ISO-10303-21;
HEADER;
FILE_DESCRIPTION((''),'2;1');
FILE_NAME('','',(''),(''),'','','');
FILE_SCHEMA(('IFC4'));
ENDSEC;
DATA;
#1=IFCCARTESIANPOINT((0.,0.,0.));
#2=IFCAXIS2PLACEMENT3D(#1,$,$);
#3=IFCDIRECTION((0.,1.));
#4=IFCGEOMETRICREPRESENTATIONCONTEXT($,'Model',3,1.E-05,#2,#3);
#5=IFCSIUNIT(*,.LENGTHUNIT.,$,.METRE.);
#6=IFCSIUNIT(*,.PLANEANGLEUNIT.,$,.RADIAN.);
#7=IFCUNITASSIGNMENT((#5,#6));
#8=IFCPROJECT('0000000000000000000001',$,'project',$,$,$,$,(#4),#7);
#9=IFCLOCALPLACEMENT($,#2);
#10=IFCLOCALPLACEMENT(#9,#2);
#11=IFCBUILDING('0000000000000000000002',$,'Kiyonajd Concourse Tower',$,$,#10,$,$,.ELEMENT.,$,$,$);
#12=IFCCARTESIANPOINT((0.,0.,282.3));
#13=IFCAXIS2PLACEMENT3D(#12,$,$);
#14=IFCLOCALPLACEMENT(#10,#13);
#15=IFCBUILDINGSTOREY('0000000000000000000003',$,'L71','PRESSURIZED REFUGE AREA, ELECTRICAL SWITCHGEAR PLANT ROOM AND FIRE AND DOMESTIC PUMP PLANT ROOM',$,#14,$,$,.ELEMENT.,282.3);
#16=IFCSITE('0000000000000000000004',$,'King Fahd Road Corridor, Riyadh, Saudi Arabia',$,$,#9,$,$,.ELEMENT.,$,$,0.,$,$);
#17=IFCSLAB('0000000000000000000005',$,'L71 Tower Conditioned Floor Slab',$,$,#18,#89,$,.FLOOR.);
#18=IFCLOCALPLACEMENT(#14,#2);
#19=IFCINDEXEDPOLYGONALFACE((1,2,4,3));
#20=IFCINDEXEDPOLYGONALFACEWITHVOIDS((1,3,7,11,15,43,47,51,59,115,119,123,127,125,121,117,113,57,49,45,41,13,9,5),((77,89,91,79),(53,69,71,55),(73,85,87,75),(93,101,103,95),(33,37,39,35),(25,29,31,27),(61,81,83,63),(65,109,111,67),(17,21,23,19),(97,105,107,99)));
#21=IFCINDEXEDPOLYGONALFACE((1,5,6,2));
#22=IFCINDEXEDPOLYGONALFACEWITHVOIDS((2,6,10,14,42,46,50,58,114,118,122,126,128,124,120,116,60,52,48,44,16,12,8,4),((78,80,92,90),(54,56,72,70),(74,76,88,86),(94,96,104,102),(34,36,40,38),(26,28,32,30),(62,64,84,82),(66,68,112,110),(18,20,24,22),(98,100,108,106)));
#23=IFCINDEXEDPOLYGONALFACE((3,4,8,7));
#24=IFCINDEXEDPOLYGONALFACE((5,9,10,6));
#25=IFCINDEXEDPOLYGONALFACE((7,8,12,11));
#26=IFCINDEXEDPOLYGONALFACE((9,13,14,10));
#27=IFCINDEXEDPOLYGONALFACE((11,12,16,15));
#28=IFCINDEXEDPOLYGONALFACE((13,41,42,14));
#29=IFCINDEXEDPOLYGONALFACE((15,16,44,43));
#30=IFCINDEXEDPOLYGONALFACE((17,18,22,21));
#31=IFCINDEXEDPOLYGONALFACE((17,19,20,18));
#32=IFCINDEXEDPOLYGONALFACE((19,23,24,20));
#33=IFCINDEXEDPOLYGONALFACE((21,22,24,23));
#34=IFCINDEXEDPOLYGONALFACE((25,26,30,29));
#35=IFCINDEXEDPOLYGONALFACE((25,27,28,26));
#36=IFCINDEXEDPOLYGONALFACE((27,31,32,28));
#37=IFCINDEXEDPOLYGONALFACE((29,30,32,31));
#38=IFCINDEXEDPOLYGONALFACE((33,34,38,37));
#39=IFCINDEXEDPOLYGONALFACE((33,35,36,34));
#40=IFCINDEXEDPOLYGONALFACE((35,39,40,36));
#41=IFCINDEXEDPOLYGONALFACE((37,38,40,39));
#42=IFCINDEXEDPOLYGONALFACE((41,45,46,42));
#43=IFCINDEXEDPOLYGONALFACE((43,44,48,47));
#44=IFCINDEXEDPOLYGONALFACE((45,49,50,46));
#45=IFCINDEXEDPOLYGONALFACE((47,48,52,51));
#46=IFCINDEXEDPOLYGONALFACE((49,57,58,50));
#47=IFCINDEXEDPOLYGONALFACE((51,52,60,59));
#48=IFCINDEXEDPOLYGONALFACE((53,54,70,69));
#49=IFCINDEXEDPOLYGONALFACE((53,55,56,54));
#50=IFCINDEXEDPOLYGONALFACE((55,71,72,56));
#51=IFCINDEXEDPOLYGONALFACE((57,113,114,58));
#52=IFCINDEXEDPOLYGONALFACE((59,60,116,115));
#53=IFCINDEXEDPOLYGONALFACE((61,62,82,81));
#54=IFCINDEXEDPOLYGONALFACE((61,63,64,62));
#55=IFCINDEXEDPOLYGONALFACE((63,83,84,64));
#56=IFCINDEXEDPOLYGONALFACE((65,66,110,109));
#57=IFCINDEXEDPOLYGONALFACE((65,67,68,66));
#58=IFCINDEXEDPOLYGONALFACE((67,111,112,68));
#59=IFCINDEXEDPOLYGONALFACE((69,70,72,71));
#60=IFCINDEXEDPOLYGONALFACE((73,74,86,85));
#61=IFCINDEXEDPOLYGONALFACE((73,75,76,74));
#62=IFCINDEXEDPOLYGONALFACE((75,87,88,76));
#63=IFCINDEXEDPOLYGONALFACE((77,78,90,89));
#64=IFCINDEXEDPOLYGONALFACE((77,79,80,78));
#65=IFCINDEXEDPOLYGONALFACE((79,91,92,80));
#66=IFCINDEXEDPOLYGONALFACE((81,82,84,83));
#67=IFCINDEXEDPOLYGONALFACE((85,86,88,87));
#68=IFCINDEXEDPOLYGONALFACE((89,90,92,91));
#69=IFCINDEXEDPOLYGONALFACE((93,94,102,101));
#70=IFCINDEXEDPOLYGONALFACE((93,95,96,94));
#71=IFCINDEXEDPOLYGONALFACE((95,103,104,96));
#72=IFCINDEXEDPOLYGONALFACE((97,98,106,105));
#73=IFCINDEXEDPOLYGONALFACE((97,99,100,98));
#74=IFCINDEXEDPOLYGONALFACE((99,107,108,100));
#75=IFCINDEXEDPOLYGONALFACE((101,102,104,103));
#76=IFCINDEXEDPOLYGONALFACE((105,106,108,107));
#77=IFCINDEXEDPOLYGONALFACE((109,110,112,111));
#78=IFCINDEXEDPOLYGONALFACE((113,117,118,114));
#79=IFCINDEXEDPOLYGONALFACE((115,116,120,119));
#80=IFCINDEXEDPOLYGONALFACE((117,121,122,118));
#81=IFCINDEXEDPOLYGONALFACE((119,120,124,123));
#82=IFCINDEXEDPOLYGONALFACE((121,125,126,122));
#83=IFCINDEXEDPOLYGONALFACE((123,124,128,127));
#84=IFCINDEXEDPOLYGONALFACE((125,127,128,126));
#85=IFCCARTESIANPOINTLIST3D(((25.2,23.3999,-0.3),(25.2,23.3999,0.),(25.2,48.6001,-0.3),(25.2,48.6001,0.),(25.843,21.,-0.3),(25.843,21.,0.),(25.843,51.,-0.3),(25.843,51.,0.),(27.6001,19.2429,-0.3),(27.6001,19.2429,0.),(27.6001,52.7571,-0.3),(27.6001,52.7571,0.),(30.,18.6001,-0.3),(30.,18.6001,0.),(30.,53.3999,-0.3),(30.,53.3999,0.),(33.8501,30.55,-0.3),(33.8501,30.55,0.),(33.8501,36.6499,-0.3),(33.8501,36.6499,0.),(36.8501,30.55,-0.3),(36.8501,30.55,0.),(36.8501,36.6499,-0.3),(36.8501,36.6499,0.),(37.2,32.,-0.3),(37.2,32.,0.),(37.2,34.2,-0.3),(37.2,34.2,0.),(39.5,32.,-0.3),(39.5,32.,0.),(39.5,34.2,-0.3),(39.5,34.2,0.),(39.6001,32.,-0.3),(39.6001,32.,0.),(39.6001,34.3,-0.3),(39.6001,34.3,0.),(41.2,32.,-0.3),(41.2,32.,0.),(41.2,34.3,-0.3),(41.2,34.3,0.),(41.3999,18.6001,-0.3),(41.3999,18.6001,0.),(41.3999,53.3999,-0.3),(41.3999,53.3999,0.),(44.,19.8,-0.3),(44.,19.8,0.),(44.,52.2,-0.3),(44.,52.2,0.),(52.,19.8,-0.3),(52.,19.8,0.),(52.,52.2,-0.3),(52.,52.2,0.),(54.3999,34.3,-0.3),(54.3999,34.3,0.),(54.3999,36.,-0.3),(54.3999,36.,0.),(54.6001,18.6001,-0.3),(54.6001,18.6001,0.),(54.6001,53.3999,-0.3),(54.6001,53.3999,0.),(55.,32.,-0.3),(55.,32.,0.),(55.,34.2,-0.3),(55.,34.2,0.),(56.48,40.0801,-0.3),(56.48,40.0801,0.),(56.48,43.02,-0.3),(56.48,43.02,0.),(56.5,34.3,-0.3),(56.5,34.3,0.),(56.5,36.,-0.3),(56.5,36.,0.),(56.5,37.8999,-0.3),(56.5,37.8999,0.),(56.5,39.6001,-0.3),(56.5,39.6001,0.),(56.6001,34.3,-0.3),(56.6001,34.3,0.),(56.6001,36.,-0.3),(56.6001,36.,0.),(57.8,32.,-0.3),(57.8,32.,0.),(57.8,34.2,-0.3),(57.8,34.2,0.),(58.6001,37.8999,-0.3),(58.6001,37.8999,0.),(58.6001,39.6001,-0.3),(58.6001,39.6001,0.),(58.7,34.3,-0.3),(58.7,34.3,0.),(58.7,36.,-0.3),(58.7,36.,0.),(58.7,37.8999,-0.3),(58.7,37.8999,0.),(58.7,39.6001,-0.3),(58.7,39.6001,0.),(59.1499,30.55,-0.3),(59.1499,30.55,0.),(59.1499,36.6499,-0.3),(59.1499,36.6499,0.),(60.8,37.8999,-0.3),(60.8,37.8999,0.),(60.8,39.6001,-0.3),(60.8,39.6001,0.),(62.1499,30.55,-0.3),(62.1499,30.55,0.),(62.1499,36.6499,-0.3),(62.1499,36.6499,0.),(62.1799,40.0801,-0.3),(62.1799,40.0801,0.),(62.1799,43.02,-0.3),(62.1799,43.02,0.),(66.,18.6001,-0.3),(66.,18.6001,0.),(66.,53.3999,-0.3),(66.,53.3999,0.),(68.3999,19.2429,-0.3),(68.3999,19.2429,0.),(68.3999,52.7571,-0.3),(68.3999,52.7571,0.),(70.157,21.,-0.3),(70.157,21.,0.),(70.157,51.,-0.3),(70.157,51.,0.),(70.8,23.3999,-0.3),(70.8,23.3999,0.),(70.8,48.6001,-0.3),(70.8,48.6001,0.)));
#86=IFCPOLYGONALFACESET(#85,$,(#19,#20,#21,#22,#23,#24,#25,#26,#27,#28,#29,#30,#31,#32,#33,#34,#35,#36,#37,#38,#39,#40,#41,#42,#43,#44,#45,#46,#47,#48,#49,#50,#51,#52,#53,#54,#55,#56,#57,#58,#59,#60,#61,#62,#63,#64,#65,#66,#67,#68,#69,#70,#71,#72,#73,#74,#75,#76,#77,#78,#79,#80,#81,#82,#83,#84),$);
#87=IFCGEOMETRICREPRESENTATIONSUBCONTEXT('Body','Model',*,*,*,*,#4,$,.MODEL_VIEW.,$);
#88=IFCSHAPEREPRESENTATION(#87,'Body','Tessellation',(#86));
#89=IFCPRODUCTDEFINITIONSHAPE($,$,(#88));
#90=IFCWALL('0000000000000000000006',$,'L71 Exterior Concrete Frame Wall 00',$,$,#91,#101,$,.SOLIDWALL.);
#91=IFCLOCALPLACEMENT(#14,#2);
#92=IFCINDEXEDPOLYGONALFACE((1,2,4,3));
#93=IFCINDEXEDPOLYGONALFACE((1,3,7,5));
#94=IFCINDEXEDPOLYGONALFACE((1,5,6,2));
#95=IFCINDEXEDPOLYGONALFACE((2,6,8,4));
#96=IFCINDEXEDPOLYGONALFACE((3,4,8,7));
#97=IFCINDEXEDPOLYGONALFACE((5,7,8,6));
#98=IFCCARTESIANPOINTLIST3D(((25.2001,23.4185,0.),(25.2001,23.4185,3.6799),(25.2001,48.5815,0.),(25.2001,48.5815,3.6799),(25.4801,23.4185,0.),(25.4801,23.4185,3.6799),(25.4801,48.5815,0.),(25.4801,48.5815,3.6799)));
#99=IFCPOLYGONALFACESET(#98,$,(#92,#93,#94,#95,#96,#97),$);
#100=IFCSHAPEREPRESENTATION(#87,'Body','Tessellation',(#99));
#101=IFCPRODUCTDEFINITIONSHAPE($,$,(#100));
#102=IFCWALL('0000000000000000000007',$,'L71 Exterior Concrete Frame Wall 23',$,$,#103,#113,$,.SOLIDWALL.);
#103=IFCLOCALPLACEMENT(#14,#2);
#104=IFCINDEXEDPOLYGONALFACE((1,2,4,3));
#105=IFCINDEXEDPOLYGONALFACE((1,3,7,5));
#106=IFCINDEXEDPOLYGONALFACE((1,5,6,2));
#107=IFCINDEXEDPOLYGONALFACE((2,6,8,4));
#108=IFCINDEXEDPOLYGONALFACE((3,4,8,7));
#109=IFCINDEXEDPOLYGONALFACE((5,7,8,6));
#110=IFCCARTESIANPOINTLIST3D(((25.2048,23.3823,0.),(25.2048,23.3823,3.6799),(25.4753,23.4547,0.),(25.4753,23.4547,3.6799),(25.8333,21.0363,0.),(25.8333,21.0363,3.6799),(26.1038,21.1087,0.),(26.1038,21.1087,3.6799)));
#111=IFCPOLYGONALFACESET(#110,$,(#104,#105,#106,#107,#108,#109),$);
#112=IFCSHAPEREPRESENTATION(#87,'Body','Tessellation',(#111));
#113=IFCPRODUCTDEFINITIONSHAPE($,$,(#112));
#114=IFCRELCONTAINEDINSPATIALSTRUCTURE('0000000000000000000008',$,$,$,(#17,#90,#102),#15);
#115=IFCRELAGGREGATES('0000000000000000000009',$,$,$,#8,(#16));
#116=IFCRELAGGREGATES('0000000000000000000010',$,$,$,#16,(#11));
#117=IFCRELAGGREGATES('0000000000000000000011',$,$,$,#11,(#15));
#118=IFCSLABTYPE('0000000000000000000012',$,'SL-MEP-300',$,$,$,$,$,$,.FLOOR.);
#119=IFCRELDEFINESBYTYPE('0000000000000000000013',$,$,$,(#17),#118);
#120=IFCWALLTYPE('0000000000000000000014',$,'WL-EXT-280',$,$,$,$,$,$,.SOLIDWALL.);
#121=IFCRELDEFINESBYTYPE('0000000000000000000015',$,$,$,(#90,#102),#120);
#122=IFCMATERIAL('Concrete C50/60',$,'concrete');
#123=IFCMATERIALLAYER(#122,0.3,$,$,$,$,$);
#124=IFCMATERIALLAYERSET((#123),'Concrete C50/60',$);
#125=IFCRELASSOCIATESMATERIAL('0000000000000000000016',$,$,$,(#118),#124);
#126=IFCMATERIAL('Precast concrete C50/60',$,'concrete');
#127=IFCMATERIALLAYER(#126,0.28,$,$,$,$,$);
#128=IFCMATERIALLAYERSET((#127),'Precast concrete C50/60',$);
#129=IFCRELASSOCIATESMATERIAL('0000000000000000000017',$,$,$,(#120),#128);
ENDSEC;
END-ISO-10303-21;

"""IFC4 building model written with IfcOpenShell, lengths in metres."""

from ifc_helpers import new_model, si_unit, direction, frame, frame_2d, origin, place, context, subcontext, project, spatial, polyline, rectangle, outline, extrude, material, layer, layer_set, type_object, element, save


model = new_model("IFC4")

# Units and contexts
model_context = context("Model", 3, precision=1e-05, world=origin(), true_north=direction((0.0, 1.0)))
body_context = subcontext(model_context, "Body", "Model", "MODEL_VIEW")
ifc_project = project(units=[si_unit("LENGTHUNIT", "METRE"), si_unit("PLANEANGLEUNIT", "RADIAN")], contexts=[model_context])

# Site, building, storey
site_placement = place(None, origin())
site = spatial("IfcSite", under=ifc_project, at=site_placement, Name="King Fahd Road Corridor, Riyadh, Saudi Arabia", CompositionType="ELEMENT", RefElevation=0.0)
building_placement = place(site_placement, origin())
building = spatial("IfcBuilding", under=site, at=building_placement, Name="Kiyonajd Concourse Tower", CompositionType="ELEMENT")
storey_placement = place(building_placement, frame((0.0, 0.0, 282.3)))
storey = spatial("IfcBuildingStorey", under=building, at=storey_placement, Name="L71", Description="PRESSURIZED REFUGE AREA, ELECTRICAL SWITCHGEAR PLANT ROOM AND FIRE AND DOMESTIC PUMP PLANT ROOM", CompositionType="ELEMENT", Elevation=282.3)

# Slab
ifc_material_1 = material(Name="Concrete C50/60", Category="concrete")
ifc_layer_1 = layer(ifc_material_1, 0.3)
ifc_layer_set_1 = layer_set([ifc_layer_1], Name="Concrete C50/60")
slab_type_1 = type_object("IfcSlabType", Name="SL-MEP-300", PredefinedType="FLOOR", material=ifc_layer_set_1)
slab_1_placement = place(storey_placement, frame((0.0, 0.0, -0.3)))
element("IfcSlab", 1, at=slab_1_placement, inside=storey, type_object=slab_type_1, Name="L71 Tower Conditioned Floor Slab", PredefinedType="FLOOR", context=body_context, shape_type="SweptSolid", body=[
    extrude(outline(polyline([(25.2, 23.3999), (25.843, 21.0), (27.6001, 19.2429), (30.0, 18.6001), (41.3999, 18.6001), (44.0, 19.8), (52.0, 19.8), (54.6001, 18.6001), (66.0, 18.6001), (68.3999, 19.2429), (70.157, 21.0), (70.8, 23.3999), (70.8, 48.6001), (70.157, 51.0), (68.3999, 52.7571), (66.0, 53.3999), (54.6001, 53.3999), (52.0, 52.2), (44.0, 52.2), (41.3999, 53.3999), (30.0, 53.3999), (27.6001, 52.7571), (25.843, 51.0), (25.2, 48.6001), (25.2, 23.3999)]), holes=[polyline([(39.5, 32.0), (37.2, 32.0), (37.2, 34.2), (39.5, 34.2), (39.5, 32.0)]), polyline([(57.8, 32.0), (55.0, 32.0), (55.0, 34.2), (57.8, 34.2), (57.8, 32.0)]), polyline([(41.2, 32.0), (39.6001, 32.0), (39.6001, 34.3), (41.2, 34.3), (41.2, 32.0)]), polyline([(33.8501, 30.55), (33.8501, 36.6499), (36.8501, 36.6499), (36.8501, 30.55), (33.8501, 30.55)]), polyline([(59.1499, 30.55), (59.1499, 36.6499), (62.1499, 36.6499), (62.1499, 30.55), (59.1499, 30.55)]), polyline([(56.5, 34.3), (54.3999, 34.3), (54.3999, 36.0), (56.5, 36.0), (56.5, 34.3)]), polyline([(58.7, 34.3), (56.6001, 34.3), (56.6001, 36.0), (58.7, 36.0), (58.7, 34.3)]), polyline([(58.6001, 37.8999), (56.5, 37.8999), (56.5, 39.6001), (58.6001, 39.6001), (58.6001, 37.8999)]), polyline([(58.7, 37.8999), (58.7, 39.6001), (60.8, 39.6001), (60.8, 37.8999), (58.7, 37.8999)]), polyline([(56.48, 43.02), (62.1799, 43.02), (62.1799, 40.0801), (56.48, 40.0801), (56.48, 43.02)])]), origin(), (0.0, 0.0, 1.0), 0.3),
])

# Walls
ifc_material_2 = material(Name="Precast concrete C50/60", Category="concrete")
ifc_layer_2 = layer(ifc_material_2, 0.28)
ifc_layer_set_2 = layer_set([ifc_layer_2], Name="Precast concrete C50/60")
wall_type_1 = type_object("IfcWallType", Name="WL-EXT-280", PredefinedType="SOLIDWALL", material=ifc_layer_set_2)
wall_1_placement = place(storey_placement, frame((25.3401, 23.4185, 0.0), z_axis=(0.0, 0.0, 1.0), x_axis=(0.0, 1.0, 0.0)))
element("IfcWall", 2, at=wall_1_placement, inside=storey, type_object=wall_type_1, Name="L71 Exterior Concrete Frame Wall 00", PredefinedType="SOLIDWALL", context=body_context, shape_type="SweptSolid", body=[
    extrude(rectangle(XDim=25.1631, YDim=0.28, at=frame_2d((12.5815, 0.0))), origin(), (0.0, 0.0, 1.0), 3.6799),
])
wall_2_placement = place(storey_placement, frame((25.9685, 21.0725, 0.0), z_axis=(0.0, 0.0, 1.0), x_axis=(-0.258751, 0.965944, 0.0)))
element("IfcWall", 3, at=wall_2_placement, inside=storey, type_object=wall_type_1, Name="L71 Exterior Concrete Frame Wall 23", PredefinedType="SOLIDWALL", context=body_context, shape_type="SweptSolid", body=[
    extrude(rectangle(XDim=2.4287, YDim=0.28, at=frame_2d((1.2144, 0.0))), origin(), (0.0, 0.0, 1.0), 3.6799),
])

save(model, "model.ifc")
